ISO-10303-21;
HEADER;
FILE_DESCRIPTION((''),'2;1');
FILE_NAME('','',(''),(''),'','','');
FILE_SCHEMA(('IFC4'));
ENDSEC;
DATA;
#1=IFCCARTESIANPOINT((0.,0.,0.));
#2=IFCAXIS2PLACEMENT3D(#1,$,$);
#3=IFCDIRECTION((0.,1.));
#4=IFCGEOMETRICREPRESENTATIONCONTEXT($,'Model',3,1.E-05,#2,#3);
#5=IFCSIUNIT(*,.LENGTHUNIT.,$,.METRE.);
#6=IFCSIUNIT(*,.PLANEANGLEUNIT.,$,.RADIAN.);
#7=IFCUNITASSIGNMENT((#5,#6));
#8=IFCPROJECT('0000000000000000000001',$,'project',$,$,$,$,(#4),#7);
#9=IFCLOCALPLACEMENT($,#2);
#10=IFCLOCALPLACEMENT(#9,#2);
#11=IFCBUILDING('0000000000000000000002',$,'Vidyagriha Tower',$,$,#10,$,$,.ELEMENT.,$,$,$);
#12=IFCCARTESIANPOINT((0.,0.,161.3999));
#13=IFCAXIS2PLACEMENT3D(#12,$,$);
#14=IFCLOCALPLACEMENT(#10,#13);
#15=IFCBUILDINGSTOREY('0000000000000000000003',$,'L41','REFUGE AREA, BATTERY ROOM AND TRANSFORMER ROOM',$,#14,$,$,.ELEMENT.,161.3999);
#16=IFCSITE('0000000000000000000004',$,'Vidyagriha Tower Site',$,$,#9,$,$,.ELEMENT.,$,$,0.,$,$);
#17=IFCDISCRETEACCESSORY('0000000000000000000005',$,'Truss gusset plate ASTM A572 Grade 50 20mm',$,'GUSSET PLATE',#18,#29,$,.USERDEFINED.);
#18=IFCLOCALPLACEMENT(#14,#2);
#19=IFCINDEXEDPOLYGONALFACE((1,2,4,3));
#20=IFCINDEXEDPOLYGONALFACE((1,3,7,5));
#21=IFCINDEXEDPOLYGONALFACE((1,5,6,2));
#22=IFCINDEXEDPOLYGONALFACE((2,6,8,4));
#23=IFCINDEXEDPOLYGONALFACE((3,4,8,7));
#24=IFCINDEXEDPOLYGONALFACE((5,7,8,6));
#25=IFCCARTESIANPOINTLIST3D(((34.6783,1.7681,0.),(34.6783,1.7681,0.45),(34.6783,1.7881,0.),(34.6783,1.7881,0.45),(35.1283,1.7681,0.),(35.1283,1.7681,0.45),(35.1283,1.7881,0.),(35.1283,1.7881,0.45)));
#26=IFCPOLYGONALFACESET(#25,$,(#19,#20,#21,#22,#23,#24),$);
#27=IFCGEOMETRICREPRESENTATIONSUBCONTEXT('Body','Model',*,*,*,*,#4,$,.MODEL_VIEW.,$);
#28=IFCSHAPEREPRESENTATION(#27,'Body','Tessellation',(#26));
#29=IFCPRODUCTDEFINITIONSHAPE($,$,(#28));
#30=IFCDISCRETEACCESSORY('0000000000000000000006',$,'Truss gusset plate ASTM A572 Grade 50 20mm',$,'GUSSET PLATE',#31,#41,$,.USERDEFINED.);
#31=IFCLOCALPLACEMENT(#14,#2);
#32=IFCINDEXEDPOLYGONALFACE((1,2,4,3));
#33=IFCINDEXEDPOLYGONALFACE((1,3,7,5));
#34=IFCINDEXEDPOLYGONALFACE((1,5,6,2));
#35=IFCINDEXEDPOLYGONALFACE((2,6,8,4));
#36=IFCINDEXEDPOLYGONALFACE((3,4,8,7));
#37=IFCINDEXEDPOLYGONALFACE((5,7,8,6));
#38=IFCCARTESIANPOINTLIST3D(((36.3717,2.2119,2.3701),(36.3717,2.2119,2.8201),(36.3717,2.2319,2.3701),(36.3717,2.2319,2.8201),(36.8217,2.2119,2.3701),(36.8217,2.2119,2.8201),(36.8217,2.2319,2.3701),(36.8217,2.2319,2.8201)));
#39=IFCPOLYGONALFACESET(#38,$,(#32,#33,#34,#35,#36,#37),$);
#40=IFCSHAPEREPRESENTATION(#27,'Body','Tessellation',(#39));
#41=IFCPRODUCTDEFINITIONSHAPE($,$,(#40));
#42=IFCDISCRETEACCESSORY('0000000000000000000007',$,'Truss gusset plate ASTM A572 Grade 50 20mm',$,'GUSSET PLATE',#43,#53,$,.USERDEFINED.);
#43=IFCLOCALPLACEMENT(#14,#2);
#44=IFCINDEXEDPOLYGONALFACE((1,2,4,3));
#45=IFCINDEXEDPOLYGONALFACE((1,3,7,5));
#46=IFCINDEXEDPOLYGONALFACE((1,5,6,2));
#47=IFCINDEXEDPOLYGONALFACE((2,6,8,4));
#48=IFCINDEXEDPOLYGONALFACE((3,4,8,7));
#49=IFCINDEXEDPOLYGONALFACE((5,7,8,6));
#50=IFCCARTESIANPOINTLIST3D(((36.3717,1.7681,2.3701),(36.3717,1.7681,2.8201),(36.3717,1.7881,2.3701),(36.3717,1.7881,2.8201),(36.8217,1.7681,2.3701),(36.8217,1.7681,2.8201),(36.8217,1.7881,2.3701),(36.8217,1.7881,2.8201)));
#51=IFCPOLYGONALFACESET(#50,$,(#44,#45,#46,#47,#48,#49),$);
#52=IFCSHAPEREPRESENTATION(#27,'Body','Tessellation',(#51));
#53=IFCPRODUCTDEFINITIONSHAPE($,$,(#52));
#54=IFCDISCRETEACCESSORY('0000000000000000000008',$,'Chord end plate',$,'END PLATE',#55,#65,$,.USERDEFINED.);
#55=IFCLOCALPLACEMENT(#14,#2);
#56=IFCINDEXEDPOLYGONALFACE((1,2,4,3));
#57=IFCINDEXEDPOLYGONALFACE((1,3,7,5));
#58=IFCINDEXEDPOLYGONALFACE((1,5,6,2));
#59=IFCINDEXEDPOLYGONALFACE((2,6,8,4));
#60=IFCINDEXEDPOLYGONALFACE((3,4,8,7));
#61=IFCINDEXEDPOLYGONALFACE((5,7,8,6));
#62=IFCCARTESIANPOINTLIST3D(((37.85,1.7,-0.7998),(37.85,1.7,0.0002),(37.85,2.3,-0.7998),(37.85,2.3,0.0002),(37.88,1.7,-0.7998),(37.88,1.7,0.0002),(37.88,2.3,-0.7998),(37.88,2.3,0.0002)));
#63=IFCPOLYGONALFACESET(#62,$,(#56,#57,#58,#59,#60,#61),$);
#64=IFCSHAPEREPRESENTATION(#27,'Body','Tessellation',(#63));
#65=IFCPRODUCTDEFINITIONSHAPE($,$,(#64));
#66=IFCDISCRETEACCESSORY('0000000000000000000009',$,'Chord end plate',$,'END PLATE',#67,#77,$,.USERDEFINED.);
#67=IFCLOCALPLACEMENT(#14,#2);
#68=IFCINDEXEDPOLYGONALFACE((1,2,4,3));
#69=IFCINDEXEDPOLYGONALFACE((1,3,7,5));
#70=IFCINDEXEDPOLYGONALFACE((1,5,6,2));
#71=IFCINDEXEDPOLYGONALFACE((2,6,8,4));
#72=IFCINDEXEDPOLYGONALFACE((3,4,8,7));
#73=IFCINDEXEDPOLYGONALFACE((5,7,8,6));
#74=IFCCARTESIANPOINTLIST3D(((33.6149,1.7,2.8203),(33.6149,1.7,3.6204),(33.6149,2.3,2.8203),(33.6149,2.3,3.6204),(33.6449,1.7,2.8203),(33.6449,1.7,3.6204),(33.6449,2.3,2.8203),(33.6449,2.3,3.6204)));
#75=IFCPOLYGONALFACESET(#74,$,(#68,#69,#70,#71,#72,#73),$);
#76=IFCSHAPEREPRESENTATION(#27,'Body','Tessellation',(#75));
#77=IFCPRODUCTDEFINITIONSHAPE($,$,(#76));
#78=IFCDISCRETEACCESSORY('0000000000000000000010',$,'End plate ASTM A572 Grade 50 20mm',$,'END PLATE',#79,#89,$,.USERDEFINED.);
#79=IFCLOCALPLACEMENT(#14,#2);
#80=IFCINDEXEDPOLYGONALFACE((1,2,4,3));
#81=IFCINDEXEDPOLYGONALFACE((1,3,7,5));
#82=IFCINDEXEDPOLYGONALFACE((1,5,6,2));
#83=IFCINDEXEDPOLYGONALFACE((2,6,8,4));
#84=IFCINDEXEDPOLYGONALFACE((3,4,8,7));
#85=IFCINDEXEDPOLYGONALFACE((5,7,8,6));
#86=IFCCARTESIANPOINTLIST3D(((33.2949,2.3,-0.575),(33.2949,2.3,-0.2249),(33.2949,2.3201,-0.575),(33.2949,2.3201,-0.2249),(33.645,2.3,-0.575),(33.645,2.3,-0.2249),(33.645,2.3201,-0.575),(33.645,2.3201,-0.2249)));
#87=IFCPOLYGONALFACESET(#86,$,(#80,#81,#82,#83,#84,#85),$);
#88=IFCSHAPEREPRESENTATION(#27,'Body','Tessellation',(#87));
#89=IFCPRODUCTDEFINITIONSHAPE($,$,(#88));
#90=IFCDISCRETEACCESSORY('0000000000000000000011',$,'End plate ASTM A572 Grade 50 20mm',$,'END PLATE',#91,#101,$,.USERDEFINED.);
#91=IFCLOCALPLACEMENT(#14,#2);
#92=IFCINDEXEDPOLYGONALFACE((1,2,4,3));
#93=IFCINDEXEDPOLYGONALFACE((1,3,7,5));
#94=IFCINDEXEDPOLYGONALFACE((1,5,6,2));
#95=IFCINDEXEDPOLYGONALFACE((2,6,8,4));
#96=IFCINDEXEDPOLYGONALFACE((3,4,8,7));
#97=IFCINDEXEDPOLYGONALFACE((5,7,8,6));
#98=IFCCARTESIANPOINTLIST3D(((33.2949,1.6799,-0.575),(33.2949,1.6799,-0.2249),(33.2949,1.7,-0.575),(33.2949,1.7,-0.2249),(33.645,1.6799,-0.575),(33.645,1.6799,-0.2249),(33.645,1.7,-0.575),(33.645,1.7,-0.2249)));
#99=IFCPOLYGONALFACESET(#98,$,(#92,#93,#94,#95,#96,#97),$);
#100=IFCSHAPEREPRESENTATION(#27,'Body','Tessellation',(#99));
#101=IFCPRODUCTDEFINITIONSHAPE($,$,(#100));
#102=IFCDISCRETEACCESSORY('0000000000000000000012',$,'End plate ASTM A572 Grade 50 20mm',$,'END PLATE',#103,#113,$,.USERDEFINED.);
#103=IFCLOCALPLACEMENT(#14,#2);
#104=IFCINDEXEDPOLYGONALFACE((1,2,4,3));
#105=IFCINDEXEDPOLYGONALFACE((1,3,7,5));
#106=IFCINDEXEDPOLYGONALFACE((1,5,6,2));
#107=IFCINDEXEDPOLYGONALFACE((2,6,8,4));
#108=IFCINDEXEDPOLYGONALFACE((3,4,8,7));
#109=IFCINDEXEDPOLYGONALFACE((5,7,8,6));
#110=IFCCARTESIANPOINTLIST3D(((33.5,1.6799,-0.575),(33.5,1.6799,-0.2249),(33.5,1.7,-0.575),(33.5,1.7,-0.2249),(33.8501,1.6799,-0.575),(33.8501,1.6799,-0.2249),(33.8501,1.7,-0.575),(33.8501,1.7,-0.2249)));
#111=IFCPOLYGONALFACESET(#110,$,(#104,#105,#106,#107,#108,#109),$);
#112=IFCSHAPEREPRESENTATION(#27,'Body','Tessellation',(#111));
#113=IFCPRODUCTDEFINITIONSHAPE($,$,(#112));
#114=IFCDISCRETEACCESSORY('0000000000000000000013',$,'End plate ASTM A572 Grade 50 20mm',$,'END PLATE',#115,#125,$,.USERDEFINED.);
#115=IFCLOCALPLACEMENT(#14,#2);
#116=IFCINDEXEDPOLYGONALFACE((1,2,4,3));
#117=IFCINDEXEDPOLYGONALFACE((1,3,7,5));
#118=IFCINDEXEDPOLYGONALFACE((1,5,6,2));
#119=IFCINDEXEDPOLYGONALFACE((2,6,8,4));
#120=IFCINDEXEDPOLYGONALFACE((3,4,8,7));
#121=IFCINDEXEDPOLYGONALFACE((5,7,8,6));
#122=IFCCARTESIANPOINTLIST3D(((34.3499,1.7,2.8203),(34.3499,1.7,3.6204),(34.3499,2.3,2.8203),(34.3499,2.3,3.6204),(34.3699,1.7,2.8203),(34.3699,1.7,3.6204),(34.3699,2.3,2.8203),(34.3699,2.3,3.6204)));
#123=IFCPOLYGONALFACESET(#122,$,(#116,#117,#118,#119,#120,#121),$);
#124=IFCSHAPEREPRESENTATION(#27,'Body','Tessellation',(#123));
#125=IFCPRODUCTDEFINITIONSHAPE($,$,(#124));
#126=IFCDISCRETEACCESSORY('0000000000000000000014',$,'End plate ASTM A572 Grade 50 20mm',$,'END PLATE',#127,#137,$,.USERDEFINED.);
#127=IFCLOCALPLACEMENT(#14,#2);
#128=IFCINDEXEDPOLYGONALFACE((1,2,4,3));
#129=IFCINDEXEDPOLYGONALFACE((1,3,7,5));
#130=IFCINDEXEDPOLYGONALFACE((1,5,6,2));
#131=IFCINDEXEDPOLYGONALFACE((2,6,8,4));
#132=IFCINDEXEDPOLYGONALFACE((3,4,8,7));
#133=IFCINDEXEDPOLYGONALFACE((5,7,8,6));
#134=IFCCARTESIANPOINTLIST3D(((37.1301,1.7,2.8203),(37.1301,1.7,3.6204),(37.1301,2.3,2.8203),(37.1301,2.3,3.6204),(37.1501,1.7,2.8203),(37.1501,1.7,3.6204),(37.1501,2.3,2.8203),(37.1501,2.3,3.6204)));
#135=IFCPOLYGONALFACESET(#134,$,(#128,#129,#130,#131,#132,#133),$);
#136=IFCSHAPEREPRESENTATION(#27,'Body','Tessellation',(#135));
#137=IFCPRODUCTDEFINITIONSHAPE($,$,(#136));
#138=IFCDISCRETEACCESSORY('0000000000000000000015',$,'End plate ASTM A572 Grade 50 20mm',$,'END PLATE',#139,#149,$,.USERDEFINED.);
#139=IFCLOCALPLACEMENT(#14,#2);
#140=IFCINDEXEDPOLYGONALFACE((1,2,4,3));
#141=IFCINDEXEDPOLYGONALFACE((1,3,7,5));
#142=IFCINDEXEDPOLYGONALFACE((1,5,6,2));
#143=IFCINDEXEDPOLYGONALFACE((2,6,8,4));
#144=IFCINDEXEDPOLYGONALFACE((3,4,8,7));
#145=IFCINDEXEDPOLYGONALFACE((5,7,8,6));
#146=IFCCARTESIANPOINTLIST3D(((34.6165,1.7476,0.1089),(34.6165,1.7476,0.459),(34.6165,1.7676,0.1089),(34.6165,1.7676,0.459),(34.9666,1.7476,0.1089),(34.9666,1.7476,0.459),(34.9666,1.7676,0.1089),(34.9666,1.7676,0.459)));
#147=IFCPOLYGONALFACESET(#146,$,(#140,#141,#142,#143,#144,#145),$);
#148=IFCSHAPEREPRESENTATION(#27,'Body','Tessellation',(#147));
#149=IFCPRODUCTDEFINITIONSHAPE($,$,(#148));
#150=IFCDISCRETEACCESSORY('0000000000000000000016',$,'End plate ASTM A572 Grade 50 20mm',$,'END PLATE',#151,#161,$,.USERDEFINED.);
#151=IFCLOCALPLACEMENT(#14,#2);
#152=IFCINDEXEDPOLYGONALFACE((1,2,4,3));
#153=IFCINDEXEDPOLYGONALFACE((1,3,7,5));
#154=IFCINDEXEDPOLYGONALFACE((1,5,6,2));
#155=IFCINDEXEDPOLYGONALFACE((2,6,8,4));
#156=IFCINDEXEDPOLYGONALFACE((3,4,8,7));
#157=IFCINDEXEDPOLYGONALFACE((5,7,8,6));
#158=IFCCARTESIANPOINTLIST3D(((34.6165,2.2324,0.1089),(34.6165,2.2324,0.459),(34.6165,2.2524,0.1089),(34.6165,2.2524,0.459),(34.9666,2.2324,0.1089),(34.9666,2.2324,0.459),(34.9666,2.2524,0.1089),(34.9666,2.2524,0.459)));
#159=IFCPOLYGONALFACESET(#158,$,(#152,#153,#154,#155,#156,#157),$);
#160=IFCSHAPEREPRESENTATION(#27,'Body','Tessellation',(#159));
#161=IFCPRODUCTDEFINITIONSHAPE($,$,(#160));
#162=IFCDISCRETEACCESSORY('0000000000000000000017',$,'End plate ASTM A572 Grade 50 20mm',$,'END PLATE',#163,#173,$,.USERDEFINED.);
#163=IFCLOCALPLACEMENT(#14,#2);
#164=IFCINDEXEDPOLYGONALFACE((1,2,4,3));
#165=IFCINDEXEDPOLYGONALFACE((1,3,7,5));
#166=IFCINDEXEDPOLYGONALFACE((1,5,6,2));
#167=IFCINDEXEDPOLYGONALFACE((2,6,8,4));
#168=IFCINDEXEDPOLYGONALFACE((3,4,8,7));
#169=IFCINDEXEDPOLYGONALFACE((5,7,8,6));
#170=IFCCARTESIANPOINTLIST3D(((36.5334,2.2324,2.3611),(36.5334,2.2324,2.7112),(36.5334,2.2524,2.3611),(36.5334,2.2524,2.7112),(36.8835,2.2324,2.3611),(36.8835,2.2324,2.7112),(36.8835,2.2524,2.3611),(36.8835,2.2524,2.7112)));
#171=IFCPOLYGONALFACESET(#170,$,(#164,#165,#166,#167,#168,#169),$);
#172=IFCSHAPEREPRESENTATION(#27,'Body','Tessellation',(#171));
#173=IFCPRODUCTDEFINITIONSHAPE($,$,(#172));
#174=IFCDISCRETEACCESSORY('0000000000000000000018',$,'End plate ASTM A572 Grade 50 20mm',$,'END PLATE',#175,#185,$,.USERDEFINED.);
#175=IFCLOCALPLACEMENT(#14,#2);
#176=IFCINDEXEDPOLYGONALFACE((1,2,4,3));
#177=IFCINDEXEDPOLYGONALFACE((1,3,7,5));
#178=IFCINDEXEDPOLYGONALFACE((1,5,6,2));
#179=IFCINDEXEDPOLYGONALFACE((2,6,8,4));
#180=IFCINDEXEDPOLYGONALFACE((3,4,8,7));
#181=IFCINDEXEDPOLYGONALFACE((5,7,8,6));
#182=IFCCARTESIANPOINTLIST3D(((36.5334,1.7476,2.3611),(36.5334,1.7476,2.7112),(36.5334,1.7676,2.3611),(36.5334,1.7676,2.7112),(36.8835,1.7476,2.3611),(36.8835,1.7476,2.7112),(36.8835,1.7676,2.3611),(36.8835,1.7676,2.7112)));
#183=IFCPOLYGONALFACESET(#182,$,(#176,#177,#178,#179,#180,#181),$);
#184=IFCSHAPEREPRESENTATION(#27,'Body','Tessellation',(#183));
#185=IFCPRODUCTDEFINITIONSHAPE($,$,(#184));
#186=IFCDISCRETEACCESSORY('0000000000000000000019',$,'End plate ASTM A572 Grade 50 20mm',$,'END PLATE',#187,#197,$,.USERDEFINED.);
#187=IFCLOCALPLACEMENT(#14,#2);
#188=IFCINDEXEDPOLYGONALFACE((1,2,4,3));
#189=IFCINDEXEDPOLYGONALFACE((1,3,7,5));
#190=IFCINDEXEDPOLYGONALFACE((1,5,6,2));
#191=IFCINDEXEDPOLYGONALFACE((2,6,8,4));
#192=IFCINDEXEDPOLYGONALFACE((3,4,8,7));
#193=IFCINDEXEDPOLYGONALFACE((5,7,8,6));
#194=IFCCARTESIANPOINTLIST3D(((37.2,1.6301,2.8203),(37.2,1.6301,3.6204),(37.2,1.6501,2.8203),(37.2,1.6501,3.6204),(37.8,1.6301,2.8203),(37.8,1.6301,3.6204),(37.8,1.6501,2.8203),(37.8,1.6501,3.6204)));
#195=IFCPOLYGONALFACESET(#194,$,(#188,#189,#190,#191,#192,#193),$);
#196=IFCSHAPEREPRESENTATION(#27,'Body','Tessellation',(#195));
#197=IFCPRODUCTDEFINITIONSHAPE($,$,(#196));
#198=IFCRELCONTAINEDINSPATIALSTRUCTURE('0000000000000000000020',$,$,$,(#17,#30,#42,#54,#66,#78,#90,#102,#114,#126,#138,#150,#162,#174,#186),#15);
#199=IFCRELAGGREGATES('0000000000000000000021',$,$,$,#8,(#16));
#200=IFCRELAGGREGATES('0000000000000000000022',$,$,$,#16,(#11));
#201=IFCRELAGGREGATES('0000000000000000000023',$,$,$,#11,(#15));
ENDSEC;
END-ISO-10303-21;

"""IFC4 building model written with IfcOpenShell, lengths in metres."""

from ifc_helpers import new_model, si_unit, direction, frame, origin, origin_2d, place, context, subcontext, project, spatial, rectangle, extrude, element, save


model = new_model("IFC4")

# Units and contexts
model_context = context("Model", 3, precision=1e-05, world=origin(), true_north=direction((0.0, 1.0)))
body_context = subcontext(model_context, "Body", "Model", "MODEL_VIEW")
ifc_project = project(units=[si_unit("LENGTHUNIT", "METRE"), si_unit("PLANEANGLEUNIT", "RADIAN")], contexts=[model_context])

# Site, building, storey
site_placement = place(None, origin())
site = spatial("IfcSite", under=ifc_project, at=site_placement, Name="Vidyagriha Tower Site", CompositionType="ELEMENT", RefElevation=0.0)
building_placement = place(site_placement, origin())
building = spatial("IfcBuilding", under=site, at=building_placement, Name="Vidyagriha Tower", CompositionType="ELEMENT")
storey_placement = place(building_placement, frame((0.0, 0.0, 161.3999)))
storey = spatial("IfcBuildingStorey", under=building, at=storey_placement, Name="L41", Description="REFUGE AREA, BATTERY ROOM AND TRANSFORMER ROOM", CompositionType="ELEMENT", Elevation=161.3999)

# Discrete accessories
for number, where, name in (
    (1, (34.9033, 1.7781, 0.0), "Truss gusset plate ASTM A572 Grade 50 20mm"),
    (2, (36.5967, 2.2219, 2.3701), "Truss gusset plate ASTM A572 Grade 50 20mm"),
    (3, (36.5967, 1.7781, 2.3701), "Truss gusset plate ASTM A572 Grade 50 20mm"),
):
    element("IfcDiscreteAccessory", number, at=place(storey_placement, frame(where)), inside=storey, Name=name, ObjectType="GUSSET PLATE", PredefinedType="USERDEFINED", context=body_context, shape_type="SweptSolid", body=[
        extrude(rectangle(XDim=0.45, YDim=0.02, at=origin_2d()), origin(), (0.0, 0.0, 1.0), 0.45),
    ])
for number, where, name in (
    (4, (37.865, 2.0, -0.7998), "Chord end plate"),
    (5, (33.6299, 2.0, 2.8203), "Chord end plate"),
):
    element("IfcDiscreteAccessory", number, at=place(storey_placement, frame(where)), inside=storey, Name=name, ObjectType="END PLATE", PredefinedType="USERDEFINED", context=body_context, shape_type="SweptSolid", body=[
        extrude(rectangle(XDim=0.03, YDim=0.6001, at=origin_2d()), origin(), (0.0, 0.0, 1.0), 0.8),
    ])
for number, where, name in (
    (6, (33.47, 2.3101, -0.575), "End plate ASTM A572 Grade 50 20mm"),
    (7, (33.47, 1.6899, -0.575), "End plate ASTM A572 Grade 50 20mm"),
):
    element("IfcDiscreteAccessory", number, at=place(storey_placement, frame(where)), inside=storey, Name=name, ObjectType="END PLATE", PredefinedType="USERDEFINED", context=body_context, shape_type="SweptSolid", body=[
        extrude(rectangle(XDim=0.3501, YDim=0.02, at=origin_2d()), origin(), (0.0, 0.0, 1.0), 0.3501),
    ])
discrete_accessory_1_placement = place(storey_placement, frame((33.675, 1.6899, -0.575), z_axis=(0.0, 0.0, 1.0), x_axis=(-1.0, 0.0, 0.0)))
element("IfcDiscreteAccessory", 8, at=discrete_accessory_1_placement, inside=storey, Name="End plate ASTM A572 Grade 50 20mm", ObjectType="END PLATE", PredefinedType="USERDEFINED", context=body_context, shape_type="SweptSolid", body=[
    extrude(rectangle(XDim=0.3501, YDim=0.02, at=origin_2d()), origin(), (0.0, 0.0, 1.0), 0.3501),
])
discrete_accessory_2_placement = place(storey_placement, frame((34.3599, 2.0, 2.8203), z_axis=(0.0, 0.0, 1.0), x_axis=(-1.0, 0.0, 0.0)))
element("IfcDiscreteAccessory", 9, at=discrete_accessory_2_placement, inside=storey, Name="End plate ASTM A572 Grade 50 20mm", ObjectType="END PLATE", PredefinedType="USERDEFINED", context=body_context, shape_type="SweptSolid", body=[
    extrude(rectangle(XDim=0.02, YDim=0.6001, at=origin_2d()), origin(), (0.0, 0.0, 1.0), 0.8),
])
discrete_accessory_3_placement = place(storey_placement, frame((37.1401, 2.0, 2.8203)))
element("IfcDiscreteAccessory", 10, at=discrete_accessory_3_placement, inside=storey, Name="End plate ASTM A572 Grade 50 20mm", ObjectType="END PLATE", PredefinedType="USERDEFINED", context=body_context, shape_type="SweptSolid", body=[
    extrude(rectangle(XDim=0.02, YDim=0.6001, at=origin_2d()), origin(), (0.0, 0.0, 1.0), 0.8),
])
for number, where, z_axis, x_axis, name in (
    (11, (34.7915, 1.7576, 0.1089), (0.0, 0.0, 1.0), (-1.0, 0.0, 0.0), "End plate ASTM A572 Grade 50 20mm"),
    (12, (34.7915, 2.2424, 0.1089), (0.0, 0.0, 1.0), (-1.0, 0.0, 0.0), "End plate ASTM A572 Grade 50 20mm"),
):
    element("IfcDiscreteAccessory", number, at=place(storey_placement, frame(where, z_axis=z_axis, x_axis=x_axis)), inside=storey, Name=name, ObjectType="END PLATE", PredefinedType="USERDEFINED", context=body_context, shape_type="SweptSolid", body=[
        extrude(rectangle(XDim=0.3501, YDim=0.02, at=origin_2d()), origin(), (0.0, 0.0, 1.0), 0.3501),
    ])
for number, where, name in (
    (13, (36.7085, 2.2424, 2.3611), "End plate ASTM A572 Grade 50 20mm"),
    (14, (36.7085, 1.7576, 2.3611), "End plate ASTM A572 Grade 50 20mm"),
):
    element("IfcDiscreteAccessory", number, at=place(storey_placement, frame(where)), inside=storey, Name=name, ObjectType="END PLATE", PredefinedType="USERDEFINED", context=body_context, shape_type="SweptSolid", body=[
        extrude(rectangle(XDim=0.3501, YDim=0.02, at=origin_2d()), origin(), (0.0, 0.0, 1.0), 0.3501),
    ])
discrete_accessory_4_placement = place(storey_placement, frame((37.5, 1.6401, 2.8203), z_axis=(0.0, 0.0, 1.0), x_axis=(0.0, 1.0, 0.0)))
element("IfcDiscreteAccessory", 15, at=discrete_accessory_4_placement, inside=storey, Name="End plate ASTM A572 Grade 50 20mm", ObjectType="END PLATE", PredefinedType="USERDEFINED", context=body_context, shape_type="SweptSolid", body=[
    extrude(rectangle(XDim=0.02, YDim=0.6001, at=origin_2d()), origin(), (0.0, 0.0, 1.0), 0.8),
])

save(model, "model.ifc")
